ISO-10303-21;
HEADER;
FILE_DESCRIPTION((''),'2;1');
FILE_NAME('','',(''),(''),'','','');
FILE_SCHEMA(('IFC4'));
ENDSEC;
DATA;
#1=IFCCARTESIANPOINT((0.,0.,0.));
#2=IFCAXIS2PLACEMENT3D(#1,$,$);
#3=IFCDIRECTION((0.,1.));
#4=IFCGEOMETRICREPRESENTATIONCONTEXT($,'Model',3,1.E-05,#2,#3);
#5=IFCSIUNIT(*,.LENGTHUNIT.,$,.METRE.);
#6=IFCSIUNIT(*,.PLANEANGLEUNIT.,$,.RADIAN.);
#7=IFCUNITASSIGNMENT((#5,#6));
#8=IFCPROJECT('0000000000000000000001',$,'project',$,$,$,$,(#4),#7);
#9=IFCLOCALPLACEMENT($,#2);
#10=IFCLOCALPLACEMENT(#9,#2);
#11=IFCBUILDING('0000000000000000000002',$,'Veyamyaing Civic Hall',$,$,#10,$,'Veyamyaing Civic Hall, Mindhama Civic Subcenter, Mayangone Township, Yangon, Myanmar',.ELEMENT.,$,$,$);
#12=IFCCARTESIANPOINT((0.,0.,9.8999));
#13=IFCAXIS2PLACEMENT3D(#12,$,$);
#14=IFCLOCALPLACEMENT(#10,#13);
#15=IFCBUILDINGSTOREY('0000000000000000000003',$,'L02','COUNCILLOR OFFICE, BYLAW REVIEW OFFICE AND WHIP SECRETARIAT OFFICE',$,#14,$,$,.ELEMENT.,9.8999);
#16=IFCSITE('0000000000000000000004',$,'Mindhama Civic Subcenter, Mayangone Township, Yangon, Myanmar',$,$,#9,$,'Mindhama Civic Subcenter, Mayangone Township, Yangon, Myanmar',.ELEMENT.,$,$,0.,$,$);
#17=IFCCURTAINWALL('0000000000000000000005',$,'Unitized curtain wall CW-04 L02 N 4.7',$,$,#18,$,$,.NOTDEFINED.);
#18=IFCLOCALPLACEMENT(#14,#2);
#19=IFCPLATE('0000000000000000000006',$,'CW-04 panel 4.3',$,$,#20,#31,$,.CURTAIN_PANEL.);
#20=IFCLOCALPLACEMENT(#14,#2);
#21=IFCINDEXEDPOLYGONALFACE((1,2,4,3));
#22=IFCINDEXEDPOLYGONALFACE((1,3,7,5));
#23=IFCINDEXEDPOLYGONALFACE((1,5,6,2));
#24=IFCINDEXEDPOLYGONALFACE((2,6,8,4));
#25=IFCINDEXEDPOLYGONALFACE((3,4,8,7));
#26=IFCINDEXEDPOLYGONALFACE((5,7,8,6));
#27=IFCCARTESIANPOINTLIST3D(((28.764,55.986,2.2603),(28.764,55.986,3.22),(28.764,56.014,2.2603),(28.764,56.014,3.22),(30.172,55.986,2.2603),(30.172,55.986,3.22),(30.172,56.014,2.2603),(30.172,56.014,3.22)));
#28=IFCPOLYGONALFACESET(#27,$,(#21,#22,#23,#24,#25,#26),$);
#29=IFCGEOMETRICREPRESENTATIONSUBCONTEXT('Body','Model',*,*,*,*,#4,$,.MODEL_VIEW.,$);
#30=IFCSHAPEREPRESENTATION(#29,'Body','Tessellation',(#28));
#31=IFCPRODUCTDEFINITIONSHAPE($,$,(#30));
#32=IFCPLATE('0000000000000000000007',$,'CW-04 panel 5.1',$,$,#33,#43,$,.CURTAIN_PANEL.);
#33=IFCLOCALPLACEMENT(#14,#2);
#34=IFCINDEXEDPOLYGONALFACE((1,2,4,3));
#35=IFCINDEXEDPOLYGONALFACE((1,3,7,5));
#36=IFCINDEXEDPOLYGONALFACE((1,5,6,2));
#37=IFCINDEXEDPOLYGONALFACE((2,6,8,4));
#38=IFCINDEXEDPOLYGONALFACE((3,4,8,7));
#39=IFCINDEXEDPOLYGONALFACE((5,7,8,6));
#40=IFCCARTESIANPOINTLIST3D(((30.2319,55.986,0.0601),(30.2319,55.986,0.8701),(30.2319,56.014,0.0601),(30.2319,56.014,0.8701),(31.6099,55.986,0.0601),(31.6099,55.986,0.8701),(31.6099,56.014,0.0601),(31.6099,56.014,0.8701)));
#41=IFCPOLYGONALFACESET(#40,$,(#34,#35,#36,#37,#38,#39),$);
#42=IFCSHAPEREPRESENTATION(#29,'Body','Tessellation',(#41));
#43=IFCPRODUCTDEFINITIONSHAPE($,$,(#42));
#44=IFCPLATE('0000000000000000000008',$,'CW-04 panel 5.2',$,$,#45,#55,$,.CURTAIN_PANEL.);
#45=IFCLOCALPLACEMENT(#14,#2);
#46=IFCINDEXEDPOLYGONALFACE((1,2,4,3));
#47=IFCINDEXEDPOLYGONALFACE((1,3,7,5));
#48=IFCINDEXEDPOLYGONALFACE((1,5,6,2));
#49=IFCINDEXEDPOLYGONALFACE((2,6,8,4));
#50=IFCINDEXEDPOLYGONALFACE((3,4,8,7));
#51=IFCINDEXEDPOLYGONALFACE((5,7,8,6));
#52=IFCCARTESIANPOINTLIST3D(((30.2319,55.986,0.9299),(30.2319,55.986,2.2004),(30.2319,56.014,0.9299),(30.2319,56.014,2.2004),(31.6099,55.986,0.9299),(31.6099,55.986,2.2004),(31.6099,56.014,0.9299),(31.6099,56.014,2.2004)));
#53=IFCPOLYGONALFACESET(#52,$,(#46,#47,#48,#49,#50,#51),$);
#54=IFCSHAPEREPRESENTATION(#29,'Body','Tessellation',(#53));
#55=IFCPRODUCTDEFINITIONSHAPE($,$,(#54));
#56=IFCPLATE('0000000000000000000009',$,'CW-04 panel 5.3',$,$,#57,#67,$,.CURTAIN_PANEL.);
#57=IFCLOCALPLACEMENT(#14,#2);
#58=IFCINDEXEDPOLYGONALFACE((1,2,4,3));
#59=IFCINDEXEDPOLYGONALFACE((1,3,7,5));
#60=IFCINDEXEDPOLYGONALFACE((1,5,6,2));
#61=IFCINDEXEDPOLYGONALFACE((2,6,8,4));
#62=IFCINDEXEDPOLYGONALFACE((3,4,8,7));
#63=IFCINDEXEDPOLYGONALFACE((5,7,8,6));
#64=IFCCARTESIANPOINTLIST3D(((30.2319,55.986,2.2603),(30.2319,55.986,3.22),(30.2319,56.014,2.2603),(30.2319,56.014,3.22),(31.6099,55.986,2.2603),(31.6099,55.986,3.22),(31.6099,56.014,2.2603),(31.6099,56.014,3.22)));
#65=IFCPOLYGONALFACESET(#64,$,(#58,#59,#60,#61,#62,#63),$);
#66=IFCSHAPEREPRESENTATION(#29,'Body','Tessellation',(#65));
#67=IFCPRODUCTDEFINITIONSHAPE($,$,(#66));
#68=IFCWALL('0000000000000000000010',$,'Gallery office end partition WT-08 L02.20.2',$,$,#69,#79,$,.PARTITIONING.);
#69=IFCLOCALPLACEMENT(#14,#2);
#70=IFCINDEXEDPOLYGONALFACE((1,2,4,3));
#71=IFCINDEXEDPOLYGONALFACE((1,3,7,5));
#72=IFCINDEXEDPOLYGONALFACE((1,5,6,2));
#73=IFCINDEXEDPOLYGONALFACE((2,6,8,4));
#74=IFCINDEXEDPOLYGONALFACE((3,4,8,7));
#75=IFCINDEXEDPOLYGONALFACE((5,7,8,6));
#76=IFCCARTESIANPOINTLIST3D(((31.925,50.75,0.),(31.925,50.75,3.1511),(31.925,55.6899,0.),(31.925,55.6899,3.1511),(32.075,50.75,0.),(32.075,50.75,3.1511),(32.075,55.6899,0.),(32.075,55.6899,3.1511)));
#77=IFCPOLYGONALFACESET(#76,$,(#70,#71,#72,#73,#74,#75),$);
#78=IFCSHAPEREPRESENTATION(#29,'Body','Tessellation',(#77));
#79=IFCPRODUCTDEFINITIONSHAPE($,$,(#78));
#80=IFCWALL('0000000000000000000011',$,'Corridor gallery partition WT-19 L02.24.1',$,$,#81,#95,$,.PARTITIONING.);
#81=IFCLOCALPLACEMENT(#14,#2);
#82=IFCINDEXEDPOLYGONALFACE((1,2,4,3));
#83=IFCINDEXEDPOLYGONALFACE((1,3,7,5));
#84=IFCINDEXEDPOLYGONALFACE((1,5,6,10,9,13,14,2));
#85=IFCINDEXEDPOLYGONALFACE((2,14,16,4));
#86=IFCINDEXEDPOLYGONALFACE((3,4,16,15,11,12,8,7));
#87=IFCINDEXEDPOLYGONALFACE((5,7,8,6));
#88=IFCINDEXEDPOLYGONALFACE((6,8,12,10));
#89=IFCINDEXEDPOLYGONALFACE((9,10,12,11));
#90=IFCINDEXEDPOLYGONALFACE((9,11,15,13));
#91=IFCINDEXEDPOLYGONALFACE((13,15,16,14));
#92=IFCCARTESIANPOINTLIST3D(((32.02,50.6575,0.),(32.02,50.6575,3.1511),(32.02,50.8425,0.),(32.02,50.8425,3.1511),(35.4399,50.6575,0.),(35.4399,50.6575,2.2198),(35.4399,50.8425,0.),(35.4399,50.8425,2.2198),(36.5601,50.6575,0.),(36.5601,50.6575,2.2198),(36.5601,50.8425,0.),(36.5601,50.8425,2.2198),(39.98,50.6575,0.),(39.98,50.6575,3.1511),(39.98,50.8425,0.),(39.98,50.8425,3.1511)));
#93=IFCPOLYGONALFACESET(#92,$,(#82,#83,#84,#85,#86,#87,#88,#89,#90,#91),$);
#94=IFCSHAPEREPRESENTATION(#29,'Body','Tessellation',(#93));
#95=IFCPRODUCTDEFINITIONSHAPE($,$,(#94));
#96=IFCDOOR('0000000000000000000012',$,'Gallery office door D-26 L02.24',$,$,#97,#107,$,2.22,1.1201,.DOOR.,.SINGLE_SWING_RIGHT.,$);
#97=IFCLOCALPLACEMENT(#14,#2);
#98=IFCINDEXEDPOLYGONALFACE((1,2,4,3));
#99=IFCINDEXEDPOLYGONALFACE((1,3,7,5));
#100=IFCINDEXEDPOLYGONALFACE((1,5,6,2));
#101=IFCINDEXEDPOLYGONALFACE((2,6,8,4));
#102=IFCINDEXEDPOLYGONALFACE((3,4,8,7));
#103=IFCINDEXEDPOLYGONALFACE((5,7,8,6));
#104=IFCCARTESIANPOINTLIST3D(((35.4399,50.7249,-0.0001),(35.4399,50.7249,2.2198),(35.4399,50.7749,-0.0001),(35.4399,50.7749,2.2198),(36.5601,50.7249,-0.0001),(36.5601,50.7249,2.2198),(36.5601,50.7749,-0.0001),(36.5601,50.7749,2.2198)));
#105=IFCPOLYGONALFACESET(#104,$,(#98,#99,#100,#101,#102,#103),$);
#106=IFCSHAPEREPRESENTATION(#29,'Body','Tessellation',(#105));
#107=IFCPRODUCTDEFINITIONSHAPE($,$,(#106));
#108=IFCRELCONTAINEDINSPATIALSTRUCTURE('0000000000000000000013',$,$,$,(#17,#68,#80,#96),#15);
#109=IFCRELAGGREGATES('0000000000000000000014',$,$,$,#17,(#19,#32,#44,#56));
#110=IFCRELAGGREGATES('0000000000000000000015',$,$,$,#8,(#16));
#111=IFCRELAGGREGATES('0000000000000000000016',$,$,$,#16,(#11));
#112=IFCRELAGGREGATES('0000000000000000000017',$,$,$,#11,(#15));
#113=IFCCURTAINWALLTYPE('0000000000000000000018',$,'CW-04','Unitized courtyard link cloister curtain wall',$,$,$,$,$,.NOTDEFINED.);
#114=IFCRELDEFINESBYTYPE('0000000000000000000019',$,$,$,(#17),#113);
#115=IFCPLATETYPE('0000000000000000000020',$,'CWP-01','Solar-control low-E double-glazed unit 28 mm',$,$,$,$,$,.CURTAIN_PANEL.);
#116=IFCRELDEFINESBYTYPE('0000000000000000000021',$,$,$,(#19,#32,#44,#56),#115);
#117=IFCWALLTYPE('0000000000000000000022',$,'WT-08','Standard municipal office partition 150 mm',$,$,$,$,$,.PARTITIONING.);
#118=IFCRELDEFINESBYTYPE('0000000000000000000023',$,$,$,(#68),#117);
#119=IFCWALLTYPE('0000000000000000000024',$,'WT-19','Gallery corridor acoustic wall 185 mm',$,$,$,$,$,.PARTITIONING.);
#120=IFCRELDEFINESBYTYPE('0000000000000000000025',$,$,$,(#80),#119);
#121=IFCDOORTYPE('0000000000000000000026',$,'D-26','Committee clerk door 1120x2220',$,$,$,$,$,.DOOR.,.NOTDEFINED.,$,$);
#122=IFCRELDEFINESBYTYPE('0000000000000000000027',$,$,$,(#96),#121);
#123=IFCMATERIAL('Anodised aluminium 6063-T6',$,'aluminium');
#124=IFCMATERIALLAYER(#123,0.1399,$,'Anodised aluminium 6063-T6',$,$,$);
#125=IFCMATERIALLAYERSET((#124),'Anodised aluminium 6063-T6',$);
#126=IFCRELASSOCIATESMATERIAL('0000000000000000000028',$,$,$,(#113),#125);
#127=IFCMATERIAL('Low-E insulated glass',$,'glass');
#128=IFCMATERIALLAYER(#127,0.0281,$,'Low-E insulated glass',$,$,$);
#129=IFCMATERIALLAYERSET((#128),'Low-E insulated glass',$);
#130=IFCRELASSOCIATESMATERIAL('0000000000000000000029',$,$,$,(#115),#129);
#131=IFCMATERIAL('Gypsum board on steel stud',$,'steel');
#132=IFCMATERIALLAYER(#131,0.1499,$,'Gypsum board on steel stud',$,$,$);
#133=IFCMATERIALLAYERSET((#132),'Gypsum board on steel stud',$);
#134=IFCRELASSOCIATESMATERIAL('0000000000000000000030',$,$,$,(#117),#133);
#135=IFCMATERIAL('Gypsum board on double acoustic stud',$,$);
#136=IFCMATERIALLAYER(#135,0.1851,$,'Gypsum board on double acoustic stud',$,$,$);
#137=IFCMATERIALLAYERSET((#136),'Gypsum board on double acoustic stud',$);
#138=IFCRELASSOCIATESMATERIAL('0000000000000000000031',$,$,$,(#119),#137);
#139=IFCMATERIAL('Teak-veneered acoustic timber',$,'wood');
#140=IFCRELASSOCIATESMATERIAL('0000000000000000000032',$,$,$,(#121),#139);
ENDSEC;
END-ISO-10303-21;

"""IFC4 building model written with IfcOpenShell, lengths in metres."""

from ifc_helpers import new_model, si_unit, direction, frame, frame_2d, origin, origin_2d, place, context, subcontext, project, spatial, rectangle, extrude, material, layer, layer_set, type_object, element, fill, aggregate, save


model = new_model("IFC4")

# Units and contexts
model_context = context("Model", 3, precision=1e-05, world=origin(), true_north=direction((0.0, 1.0)))
body_context = subcontext(model_context, "Body", "Model", "MODEL_VIEW")
ifc_project = project(units=[si_unit("LENGTHUNIT", "METRE"), si_unit("PLANEANGLEUNIT", "RADIAN")], contexts=[model_context])

# Site, building, storey
site_placement = place(None, origin())
site = spatial("IfcSite", under=ifc_project, at=site_placement, Name="Mindhama Civic Subcenter, Mayangone Township, Yangon, Myanmar", LongName="Mindhama Civic Subcenter, Mayangone Township, Yangon, Myanmar", CompositionType="ELEMENT", RefElevation=0.0)
building_placement = place(site_placement, origin())
building = spatial("IfcBuilding", under=site, at=building_placement, Name="Veyamyaing Civic Hall", LongName="Veyamyaing Civic Hall, Mindhama Civic Subcenter, Mayangone Township, Yangon, Myanmar", CompositionType="ELEMENT")
storey_placement = place(building_placement, frame((0.0, 0.0, 9.8999)))
storey = spatial("IfcBuildingStorey", under=building, at=storey_placement, Name="L02", Description="COUNCILLOR OFFICE, BYLAW REVIEW OFFICE AND WHIP SECRETARIAT OFFICE", CompositionType="ELEMENT", Elevation=9.8999)

# Curtain wall, plates
ifc_material_1 = material(Name="Anodised aluminium 6063-T6", Category="aluminium")
ifc_layer_1 = layer(ifc_material_1, 0.1399, Name="Anodised aluminium 6063-T6")
ifc_layer_set_1 = layer_set([ifc_layer_1], Name="Anodised aluminium 6063-T6")
curtain_wall_type = type_object("IfcCurtainWallType", Name="CW-04", Description="Unitized courtyard link cloister curtain wall", PredefinedType="NOTDEFINED", material=ifc_layer_set_1)
curtain_wall_placement = place(storey_placement, origin())
curtain_wall = element("IfcCurtainWall", 1, at=curtain_wall_placement, inside=storey, type_object=curtain_wall_type, Name="Unitized curtain wall CW-04 L02 N 4.7", PredefinedType="NOTDEFINED")
ifc_material_2 = material(Name="Low-E insulated glass", Category="glass")
ifc_layer_2 = layer(ifc_material_2, 0.0281, Name="Low-E insulated glass")
ifc_layer_set_2 = layer_set([ifc_layer_2], Name="Low-E insulated glass")
plate_type = type_object("IfcPlateType", Name="CWP-01", Description="Solar-control low-E double-glazed unit 28 mm", PredefinedType="CURTAIN_PANEL", material=ifc_layer_set_2)
plate_1_placement = place(storey_placement, frame((29.468, 56.0, 2.2603), z_axis=(0.0, 0.0, 1.0), x_axis=(1.0, 0.0, 0.0)))
plate_1 = element("IfcPlate", 2, at=plate_1_placement, type_object=plate_type, Name="CW-04 panel 4.3", PredefinedType="CURTAIN_PANEL", context=body_context, shape_type="SweptSolid", body=[
    extrude(rectangle(XDim=1.408, YDim=0.0281, at=origin_2d()), origin(), (0.0, 0.0, 1.0), 0.9597),
])
plate_2_placement = place(storey_placement, frame((30.9209, 56.0, 0.0601), z_axis=(0.0, 0.0, 1.0), x_axis=(1.0, 0.0, 0.0)))
plate_2 = element("IfcPlate", 3, at=plate_2_placement, type_object=plate_type, Name="CW-04 panel 5.1", PredefinedType="CURTAIN_PANEL", context=body_context, shape_type="SweptSolid", body=[
    extrude(rectangle(XDim=1.3779, YDim=0.0281, at=origin_2d()), origin(), (0.0, 0.0, 1.0), 0.8101),
])
plate_3_placement = place(storey_placement, frame((30.9209, 56.0, 0.9299), z_axis=(0.0, 0.0, 1.0), x_axis=(1.0, 0.0, 0.0)))
plate_3 = element("IfcPlate", 4, at=plate_3_placement, type_object=plate_type, Name="CW-04 panel 5.2", PredefinedType="CURTAIN_PANEL", context=body_context, shape_type="SweptSolid", body=[
    extrude(rectangle(XDim=1.3779, YDim=0.0281, at=origin_2d()), origin(), (0.0, 0.0, 1.0), 1.2705),
])
plate_4_placement = place(storey_placement, frame((30.9209, 56.0, 2.2603), z_axis=(0.0, 0.0, 1.0), x_axis=(1.0, 0.0, 0.0)))
plate_4 = element("IfcPlate", 5, at=plate_4_placement, type_object=plate_type, Name="CW-04 panel 5.3", PredefinedType="CURTAIN_PANEL", context=body_context, shape_type="SweptSolid", body=[
    extrude(rectangle(XDim=1.3779, YDim=0.0281, at=origin_2d()), origin(), (0.0, 0.0, 1.0), 0.9597),
])
aggregate(curtain_wall, [plate_1, plate_2, plate_3, plate_4])

# Wall
ifc_material_3 = material(Name="Gypsum board on steel stud", Category="steel")
ifc_layer_3 = layer(ifc_material_3, 0.1499, Name="Gypsum board on steel stud")
ifc_layer_set_3 = layer_set([ifc_layer_3], Name="Gypsum board on steel stud")
wall_type_1 = type_object("IfcWallType", Name="WT-08", Description="Standard municipal office partition 150 mm", PredefinedType="PARTITIONING", material=ifc_layer_set_3)
wall_1_placement = place(storey_placement, frame((32.0, 50.75, 0.0), z_axis=(0.0, 0.0, 1.0), x_axis=(0.0, 1.0, 0.0)))
element("IfcWall", 6, at=wall_1_placement, inside=storey, type_object=wall_type_1, Name="Gallery office end partition WT-08 L02.20.2", PredefinedType="PARTITIONING", context=body_context, shape_type="SweptSolid", body=[
    extrude(rectangle(XDim=4.9399, YDim=0.1499, at=frame_2d((2.47, 0.0))), origin(), (0.0, 0.0, 1.0), 3.1511),
])

# Wall, opening, door
ifc_material_4 = material(Name="Gypsum board on double acoustic stud")
ifc_layer_4 = layer(ifc_material_4, 0.1851, Name="Gypsum board on double acoustic stud")
ifc_layer_set_4 = layer_set([ifc_layer_4], Name="Gypsum board on double acoustic stud")
wall_type_2 = type_object("IfcWallType", Name="WT-19", Description="Gallery corridor acoustic wall 185 mm", PredefinedType="PARTITIONING", material=ifc_layer_set_4)
wall_2_placement = place(storey_placement, frame((32.02, 50.75, 0.0), z_axis=(0.0, 0.0, 1.0), x_axis=(1.0, 0.0, 0.0)))
wall_2 = element("IfcWall", 7, at=wall_2_placement, inside=storey, type_object=wall_type_2, Name="Corridor gallery partition WT-19 L02.24.1", PredefinedType="PARTITIONING", context=body_context, shape_type="SweptSolid", body=[
    extrude(rectangle(XDim=7.96, YDim=0.1851, at=frame_2d((3.98, 0.0))), origin(), (0.0, 0.0, 1.0), 3.1511),
])
opening_placement = place(wall_2_placement, frame((3.4199, 0.0, 0.0)))
opening = element("IfcOpeningElement", 8, at=opening_placement, cuts=wall_2, PredefinedType="OPENING", context=body_context, shape_type="SweptSolid", body=[
    extrude(rectangle(XDim=1.1201, YDim=2.22, at=frame_2d((0.5601, 1.1099))), frame((0.0, 0.1025, 0.0), z_axis=(0.0, -1.0, 0.0), x_axis=(1.0, 0.0, 0.0)), (0.0, 0.0, 1.0), 0.2051),
])
ifc_material_5 = material(Name="Teak-veneered acoustic timber", Category="wood")
door_type = type_object("IfcDoorType", Name="D-26", Description="Committee clerk door 1120x2220", OperationType="NOTDEFINED", PredefinedType="DOOR", material=ifc_material_5)
door_placement = place(opening_placement, origin())
door = element("IfcDoor", 9, at=door_placement, inside=storey, type_object=door_type, Name="Gallery office door D-26 L02.24", OperationType="SINGLE_SWING_RIGHT", OverallHeight=2.22, OverallWidth=1.1201, PredefinedType="DOOR", context=body_context, shape_type="SweptSolid", body=[
    extrude(rectangle(XDim=1.1201, YDim=2.22, at=frame_2d((0.5601, 1.1099))), frame((0.0, 0.0249, 0.0), z_axis=(0.0, -1.0, 0.0), x_axis=(1.0, 0.0, 0.0)), (0.0, 0.0, 1.0), 0.05),
])
fill(opening, door)

save(model, "model.ifc")
